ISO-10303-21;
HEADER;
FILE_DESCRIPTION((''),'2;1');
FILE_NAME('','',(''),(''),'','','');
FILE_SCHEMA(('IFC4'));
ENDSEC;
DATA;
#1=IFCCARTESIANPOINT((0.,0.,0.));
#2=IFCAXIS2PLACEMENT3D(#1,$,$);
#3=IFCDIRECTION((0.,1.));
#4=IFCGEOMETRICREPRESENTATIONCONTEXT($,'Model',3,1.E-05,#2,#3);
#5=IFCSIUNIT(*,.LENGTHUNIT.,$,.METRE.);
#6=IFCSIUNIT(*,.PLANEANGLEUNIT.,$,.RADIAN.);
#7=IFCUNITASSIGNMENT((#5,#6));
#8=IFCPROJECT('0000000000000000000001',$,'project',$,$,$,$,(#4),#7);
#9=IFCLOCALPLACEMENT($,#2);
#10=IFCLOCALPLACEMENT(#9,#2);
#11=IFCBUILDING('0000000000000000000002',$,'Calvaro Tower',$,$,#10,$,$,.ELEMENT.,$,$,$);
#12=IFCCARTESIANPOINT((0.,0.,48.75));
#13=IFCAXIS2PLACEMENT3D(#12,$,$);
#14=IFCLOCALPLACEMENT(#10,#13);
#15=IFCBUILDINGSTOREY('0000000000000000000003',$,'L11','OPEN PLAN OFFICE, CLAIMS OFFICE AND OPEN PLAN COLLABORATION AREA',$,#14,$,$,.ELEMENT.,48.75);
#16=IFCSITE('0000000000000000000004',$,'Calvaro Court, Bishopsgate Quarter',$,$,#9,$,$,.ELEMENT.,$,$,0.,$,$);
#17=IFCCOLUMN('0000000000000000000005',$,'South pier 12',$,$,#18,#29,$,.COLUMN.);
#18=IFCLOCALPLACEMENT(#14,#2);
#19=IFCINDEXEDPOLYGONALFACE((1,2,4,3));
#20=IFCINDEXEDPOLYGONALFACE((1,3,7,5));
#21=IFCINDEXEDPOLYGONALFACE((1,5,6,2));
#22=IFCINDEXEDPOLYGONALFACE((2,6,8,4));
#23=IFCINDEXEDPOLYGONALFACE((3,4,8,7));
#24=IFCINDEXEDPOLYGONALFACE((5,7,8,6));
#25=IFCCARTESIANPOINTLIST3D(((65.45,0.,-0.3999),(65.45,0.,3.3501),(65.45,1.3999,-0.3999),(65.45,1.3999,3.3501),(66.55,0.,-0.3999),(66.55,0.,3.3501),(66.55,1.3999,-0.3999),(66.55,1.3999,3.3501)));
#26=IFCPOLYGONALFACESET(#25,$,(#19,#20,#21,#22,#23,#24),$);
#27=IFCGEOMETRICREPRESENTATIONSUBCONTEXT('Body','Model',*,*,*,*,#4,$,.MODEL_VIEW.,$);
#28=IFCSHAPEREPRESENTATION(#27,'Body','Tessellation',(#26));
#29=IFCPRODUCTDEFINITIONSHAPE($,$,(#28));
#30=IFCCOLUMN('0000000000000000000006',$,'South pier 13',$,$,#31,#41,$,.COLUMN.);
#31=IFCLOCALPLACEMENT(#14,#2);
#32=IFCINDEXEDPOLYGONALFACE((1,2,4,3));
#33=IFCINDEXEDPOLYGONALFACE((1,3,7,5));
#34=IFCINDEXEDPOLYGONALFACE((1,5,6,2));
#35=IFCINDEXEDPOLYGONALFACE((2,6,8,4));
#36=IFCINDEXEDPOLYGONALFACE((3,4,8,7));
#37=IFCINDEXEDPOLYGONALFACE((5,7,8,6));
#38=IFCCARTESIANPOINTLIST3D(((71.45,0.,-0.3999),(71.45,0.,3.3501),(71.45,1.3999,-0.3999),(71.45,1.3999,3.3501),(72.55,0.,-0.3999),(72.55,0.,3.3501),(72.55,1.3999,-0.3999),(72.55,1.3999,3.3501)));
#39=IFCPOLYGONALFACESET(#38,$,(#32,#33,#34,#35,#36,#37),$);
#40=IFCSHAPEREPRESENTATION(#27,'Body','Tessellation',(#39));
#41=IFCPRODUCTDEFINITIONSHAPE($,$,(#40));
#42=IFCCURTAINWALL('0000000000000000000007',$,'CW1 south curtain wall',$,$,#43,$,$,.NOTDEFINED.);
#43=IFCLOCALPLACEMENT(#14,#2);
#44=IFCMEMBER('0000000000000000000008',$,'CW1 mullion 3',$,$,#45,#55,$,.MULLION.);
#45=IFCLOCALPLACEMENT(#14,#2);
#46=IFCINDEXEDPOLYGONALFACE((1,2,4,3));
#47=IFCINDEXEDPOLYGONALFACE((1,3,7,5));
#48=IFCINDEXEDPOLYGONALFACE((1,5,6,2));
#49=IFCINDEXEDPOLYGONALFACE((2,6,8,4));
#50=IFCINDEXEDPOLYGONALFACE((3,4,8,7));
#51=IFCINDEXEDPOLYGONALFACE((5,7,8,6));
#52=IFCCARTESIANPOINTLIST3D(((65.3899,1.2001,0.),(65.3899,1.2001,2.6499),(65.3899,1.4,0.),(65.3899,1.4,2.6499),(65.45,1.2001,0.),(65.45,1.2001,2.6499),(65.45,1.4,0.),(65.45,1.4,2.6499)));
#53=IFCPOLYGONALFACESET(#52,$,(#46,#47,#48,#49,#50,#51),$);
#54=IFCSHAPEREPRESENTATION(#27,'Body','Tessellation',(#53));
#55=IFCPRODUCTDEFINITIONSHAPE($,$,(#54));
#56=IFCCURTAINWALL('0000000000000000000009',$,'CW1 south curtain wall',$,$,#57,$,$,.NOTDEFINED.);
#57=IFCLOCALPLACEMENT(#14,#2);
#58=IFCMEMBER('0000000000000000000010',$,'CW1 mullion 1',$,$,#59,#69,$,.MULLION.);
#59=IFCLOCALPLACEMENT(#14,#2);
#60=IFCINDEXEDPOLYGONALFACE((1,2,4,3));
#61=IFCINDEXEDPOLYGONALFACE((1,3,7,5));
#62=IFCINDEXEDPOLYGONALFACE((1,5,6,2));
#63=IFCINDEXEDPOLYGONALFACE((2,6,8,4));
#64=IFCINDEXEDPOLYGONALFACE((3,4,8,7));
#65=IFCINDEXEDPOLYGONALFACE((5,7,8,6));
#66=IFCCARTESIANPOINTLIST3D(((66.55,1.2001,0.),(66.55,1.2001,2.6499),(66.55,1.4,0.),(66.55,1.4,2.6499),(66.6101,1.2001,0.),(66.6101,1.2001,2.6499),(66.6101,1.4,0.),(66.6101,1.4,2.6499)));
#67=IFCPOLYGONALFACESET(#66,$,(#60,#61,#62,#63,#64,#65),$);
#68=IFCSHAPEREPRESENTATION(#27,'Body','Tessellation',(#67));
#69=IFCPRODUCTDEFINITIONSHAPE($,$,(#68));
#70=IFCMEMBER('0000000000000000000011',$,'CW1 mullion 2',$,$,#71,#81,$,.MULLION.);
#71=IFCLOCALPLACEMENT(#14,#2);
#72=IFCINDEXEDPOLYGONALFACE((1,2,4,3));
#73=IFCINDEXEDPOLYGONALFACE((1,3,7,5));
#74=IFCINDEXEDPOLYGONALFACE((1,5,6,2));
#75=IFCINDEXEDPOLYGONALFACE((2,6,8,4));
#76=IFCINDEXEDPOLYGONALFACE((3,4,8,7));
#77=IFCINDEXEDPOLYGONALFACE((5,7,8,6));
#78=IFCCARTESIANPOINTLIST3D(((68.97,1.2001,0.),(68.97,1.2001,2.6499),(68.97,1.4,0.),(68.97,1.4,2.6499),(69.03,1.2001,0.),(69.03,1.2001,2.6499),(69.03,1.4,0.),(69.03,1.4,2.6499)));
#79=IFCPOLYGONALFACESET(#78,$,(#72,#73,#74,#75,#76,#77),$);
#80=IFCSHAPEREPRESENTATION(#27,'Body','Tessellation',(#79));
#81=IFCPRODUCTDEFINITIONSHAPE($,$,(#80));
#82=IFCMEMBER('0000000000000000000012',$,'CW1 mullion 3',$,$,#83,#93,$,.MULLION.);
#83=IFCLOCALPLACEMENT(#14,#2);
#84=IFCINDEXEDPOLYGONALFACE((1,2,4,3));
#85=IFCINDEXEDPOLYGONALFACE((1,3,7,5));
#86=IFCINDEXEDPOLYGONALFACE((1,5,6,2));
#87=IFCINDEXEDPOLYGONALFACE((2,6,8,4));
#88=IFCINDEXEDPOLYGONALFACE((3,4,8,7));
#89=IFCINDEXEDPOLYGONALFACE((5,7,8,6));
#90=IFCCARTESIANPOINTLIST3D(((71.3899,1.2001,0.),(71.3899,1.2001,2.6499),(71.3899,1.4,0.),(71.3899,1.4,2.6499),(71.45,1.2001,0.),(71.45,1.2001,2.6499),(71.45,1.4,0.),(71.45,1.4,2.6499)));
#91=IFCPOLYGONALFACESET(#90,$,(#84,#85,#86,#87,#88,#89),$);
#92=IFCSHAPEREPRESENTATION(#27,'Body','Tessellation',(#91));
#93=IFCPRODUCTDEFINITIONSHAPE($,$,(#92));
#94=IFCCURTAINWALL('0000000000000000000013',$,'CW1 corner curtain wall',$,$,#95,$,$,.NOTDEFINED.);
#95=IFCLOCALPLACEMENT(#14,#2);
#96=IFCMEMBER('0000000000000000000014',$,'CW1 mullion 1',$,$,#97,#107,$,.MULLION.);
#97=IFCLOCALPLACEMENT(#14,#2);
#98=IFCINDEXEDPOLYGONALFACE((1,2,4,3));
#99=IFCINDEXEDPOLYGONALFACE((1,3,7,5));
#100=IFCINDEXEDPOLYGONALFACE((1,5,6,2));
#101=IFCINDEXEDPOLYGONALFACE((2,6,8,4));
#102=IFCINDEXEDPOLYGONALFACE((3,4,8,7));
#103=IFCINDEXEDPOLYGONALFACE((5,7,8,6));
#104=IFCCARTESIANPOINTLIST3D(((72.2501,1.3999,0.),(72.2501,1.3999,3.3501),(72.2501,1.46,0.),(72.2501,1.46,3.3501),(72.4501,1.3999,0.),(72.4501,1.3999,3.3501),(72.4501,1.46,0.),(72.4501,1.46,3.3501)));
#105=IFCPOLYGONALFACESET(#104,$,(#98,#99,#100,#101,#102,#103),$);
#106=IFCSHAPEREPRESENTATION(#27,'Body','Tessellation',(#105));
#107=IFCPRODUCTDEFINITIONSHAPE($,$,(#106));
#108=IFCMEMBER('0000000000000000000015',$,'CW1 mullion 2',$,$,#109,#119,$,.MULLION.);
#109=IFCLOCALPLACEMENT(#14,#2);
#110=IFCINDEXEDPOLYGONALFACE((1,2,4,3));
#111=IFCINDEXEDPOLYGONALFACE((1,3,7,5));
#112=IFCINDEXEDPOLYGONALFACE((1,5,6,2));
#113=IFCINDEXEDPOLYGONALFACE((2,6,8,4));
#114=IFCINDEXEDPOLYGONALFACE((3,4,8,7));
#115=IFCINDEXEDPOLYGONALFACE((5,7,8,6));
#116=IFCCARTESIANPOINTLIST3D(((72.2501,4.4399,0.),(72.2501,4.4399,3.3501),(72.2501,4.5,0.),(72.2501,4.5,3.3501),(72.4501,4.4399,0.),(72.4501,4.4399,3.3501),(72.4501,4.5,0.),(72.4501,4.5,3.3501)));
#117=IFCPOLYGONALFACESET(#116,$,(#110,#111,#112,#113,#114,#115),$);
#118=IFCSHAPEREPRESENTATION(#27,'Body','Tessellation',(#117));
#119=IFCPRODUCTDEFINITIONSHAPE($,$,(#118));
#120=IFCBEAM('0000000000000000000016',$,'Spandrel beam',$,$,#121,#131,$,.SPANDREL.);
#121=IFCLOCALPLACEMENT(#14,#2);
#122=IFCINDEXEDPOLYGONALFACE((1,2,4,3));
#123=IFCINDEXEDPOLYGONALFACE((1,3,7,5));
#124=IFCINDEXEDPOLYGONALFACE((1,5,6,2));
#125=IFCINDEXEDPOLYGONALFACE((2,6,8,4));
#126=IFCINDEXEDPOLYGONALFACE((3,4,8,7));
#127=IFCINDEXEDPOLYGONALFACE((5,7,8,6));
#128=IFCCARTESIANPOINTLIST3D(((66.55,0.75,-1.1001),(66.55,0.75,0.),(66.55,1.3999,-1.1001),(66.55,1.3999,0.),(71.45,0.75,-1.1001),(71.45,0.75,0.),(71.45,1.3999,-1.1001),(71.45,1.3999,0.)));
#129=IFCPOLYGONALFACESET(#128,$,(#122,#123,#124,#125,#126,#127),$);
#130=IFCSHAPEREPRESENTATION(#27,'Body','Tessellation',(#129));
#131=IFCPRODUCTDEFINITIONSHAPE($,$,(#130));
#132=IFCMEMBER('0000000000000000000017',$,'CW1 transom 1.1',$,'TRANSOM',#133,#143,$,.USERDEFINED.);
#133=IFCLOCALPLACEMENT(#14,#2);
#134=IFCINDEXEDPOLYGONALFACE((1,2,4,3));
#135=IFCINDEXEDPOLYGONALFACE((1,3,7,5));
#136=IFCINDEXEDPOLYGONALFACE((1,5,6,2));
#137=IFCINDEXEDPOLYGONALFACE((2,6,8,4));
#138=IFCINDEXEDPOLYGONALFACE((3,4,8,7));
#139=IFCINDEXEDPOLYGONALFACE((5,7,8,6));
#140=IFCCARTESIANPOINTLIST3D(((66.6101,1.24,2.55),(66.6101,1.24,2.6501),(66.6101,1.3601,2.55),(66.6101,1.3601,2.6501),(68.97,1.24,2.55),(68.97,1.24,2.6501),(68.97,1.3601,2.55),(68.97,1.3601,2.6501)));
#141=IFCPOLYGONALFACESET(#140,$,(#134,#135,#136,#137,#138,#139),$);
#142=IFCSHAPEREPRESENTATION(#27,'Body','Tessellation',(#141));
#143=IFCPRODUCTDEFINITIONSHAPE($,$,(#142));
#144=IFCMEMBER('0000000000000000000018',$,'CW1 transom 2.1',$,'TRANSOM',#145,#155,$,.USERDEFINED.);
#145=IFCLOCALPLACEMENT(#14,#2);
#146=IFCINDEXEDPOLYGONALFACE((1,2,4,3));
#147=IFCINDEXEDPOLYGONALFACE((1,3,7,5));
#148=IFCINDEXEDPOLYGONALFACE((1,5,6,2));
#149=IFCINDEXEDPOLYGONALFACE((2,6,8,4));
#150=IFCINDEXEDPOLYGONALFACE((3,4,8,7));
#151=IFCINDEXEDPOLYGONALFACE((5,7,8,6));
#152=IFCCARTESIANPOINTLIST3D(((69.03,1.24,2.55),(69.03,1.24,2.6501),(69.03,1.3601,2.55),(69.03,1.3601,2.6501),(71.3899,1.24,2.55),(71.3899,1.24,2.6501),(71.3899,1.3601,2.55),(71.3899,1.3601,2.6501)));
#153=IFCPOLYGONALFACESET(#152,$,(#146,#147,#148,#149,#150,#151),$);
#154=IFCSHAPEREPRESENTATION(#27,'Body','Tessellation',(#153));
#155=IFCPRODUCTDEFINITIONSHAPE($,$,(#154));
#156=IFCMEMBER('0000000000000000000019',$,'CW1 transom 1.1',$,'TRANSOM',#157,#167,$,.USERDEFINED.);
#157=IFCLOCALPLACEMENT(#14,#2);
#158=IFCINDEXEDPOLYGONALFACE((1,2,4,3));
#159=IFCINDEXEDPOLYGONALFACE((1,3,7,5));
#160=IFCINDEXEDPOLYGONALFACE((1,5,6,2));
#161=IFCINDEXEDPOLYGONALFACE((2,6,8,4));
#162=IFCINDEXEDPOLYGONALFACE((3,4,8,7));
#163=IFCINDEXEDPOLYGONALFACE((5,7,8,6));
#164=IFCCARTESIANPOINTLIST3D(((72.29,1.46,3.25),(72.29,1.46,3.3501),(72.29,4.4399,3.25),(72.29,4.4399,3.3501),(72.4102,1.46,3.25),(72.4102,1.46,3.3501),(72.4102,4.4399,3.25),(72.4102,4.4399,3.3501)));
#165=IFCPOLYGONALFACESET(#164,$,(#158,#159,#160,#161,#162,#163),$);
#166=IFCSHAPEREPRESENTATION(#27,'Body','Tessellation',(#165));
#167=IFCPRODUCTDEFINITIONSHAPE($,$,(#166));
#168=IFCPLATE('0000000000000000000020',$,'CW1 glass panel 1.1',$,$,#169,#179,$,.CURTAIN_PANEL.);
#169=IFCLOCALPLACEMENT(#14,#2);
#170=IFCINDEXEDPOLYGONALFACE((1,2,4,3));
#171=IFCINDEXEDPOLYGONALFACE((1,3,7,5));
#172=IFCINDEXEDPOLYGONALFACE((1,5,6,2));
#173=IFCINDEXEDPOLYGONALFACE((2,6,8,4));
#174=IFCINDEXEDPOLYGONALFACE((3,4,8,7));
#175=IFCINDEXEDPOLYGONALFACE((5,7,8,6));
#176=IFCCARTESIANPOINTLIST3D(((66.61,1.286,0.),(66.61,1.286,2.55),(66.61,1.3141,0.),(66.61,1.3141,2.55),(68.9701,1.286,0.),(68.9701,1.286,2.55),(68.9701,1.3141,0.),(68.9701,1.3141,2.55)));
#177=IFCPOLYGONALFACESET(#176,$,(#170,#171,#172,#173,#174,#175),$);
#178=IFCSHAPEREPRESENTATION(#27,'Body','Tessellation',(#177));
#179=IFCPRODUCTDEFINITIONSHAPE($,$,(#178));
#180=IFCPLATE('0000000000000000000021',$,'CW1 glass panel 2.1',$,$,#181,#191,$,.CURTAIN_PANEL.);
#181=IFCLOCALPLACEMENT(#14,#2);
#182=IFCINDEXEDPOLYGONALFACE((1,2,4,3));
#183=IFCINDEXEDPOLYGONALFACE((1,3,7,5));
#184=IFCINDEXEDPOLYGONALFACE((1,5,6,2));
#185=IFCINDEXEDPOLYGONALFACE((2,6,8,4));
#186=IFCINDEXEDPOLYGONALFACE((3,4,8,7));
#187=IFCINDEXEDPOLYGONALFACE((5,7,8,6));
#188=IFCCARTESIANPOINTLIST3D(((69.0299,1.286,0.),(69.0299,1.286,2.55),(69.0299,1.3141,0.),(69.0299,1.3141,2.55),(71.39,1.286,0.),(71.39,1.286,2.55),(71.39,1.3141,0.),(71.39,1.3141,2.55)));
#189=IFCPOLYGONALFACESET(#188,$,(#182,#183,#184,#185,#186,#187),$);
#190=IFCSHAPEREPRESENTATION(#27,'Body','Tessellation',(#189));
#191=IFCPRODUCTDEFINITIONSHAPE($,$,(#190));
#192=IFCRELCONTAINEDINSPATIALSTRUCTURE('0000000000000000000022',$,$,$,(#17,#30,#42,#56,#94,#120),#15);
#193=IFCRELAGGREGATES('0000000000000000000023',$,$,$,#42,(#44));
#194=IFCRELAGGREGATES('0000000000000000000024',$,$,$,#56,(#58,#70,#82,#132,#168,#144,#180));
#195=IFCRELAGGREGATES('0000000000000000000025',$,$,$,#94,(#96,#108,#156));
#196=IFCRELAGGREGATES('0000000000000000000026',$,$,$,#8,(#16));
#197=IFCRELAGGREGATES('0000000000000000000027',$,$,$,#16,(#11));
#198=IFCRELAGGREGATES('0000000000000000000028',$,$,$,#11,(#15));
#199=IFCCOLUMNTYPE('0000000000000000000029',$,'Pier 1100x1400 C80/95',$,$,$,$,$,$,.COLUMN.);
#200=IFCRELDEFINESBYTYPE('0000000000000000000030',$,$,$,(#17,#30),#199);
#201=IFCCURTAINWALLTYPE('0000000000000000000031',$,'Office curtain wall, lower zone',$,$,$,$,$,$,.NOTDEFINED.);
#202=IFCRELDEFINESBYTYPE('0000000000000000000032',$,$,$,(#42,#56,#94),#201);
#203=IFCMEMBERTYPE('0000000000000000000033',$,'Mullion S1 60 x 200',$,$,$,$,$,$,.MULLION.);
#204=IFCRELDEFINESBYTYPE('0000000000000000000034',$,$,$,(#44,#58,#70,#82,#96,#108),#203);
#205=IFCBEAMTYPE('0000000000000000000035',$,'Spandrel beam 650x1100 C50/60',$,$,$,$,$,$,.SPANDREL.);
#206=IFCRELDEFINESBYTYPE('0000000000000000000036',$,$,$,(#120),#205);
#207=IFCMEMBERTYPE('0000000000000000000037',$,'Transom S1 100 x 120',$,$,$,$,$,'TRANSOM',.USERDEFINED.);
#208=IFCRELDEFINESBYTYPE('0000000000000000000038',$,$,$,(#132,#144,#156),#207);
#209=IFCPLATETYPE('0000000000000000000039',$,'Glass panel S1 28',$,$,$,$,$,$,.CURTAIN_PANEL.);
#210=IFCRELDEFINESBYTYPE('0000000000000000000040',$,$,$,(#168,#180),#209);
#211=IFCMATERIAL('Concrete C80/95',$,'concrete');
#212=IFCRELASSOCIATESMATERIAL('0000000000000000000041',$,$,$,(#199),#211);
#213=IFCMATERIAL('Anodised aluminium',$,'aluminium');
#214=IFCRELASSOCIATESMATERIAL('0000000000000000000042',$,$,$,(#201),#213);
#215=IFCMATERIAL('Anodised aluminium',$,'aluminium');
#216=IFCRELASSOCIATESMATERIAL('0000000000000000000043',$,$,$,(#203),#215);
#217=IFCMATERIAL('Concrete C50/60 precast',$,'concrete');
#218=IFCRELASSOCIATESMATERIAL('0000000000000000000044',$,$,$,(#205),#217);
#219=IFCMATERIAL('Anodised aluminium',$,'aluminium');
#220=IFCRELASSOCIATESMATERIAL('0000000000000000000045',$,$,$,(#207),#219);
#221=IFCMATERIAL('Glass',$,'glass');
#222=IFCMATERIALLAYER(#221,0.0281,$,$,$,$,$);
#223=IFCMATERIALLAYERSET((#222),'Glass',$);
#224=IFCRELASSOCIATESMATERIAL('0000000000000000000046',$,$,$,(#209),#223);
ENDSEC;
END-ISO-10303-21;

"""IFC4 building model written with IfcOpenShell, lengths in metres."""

from ifc_helpers import new_model, si_unit, direction, frame, origin, origin_2d, place, context, subcontext, project, spatial, rectangle, extrude, material, layer, layer_set, material_profile, profile_set, type_object, element, aggregate, save


model = new_model("IFC4")

# Units and contexts
model_context = context("Model", 3, precision=1e-05, world=origin(), true_north=direction((0.0, 1.0)))
body_context = subcontext(model_context, "Body", "Model", "MODEL_VIEW")
ifc_project = project(units=[si_unit("LENGTHUNIT", "METRE"), si_unit("PLANEANGLEUNIT", "RADIAN")], contexts=[model_context])

# Site, building, storey
site_placement = place(None, origin())
site = spatial("IfcSite", under=ifc_project, at=site_placement, Name="Calvaro Court, Bishopsgate Quarter", CompositionType="ELEMENT", RefElevation=0.0)
building_placement = place(site_placement, origin())
building = spatial("IfcBuilding", under=site, at=building_placement, Name="Calvaro Tower", CompositionType="ELEMENT")
storey_placement = place(building_placement, frame((0.0, 0.0, 48.75)))
storey = spatial("IfcBuildingStorey", under=building, at=storey_placement, Name="L11", Description="OPEN PLAN OFFICE, CLAIMS OFFICE AND OPEN PLAN COLLABORATION AREA", CompositionType="ELEMENT", Elevation=48.75)

# Columns
ifc_material_1 = material(Name="Concrete C80/95", Category="concrete")
ifc_material_profile_1 = material_profile(ifc_material_1, rectangle(XDim=1.1001, YDim=1.3999, at=origin_2d()), Name="RC 1100x1400")
ifc_profile_set_1 = profile_set([ifc_material_profile_1], Name="Concrete C80/95")
column_type = type_object("IfcColumnType", Name="Pier 1100x1400 C80/95", PredefinedType="COLUMN", material=ifc_profile_set_1)
for number, where, z_axis, x_axis, name in (
    (1, (66.0, 0.7, -0.3999), (0.0, 0.0, 1.0), (1.0, 0.0, 0.0), "South pier 12"),
    (2, (72.0, 0.7, -0.3999), (0.0, 0.0, 1.0), (1.0, 0.0, 0.0), "South pier 13"),
):
    element("IfcColumn", number, at=place(storey_placement, frame(where, z_axis=z_axis, x_axis=x_axis)), inside=storey, type_object=column_type, Name=name, PredefinedType="COLUMN", context=body_context, shape_type="SweptSolid", body=[
        extrude(rectangle(XDim=1.1001, YDim=1.3999, at=origin_2d()), origin(), (0.0, 0.0, 1.0), 3.75),
    ])

# Curtain wall, member
ifc_material_2 = material(Name="Anodised aluminium", Category="aluminium")
curtain_wall_type = type_object("IfcCurtainWallType", Name="Office curtain wall, lower zone", PredefinedType="NOTDEFINED", material=ifc_material_2)
curtain_wall_1_placement = place(storey_placement, origin())
curtain_wall_1 = element("IfcCurtainWall", 3, at=curtain_wall_1_placement, inside=storey, type_object=curtain_wall_type, Name="CW1 south curtain wall", PredefinedType="NOTDEFINED")
ifc_material_3 = material(Name="Anodised aluminium", Category="aluminium")
ifc_material_profile_2 = material_profile(ifc_material_3, rectangle(XDim=0.2, YDim=0.0601, at=origin_2d()), Name="Mullion S1 60 x 200")
ifc_profile_set_2 = profile_set([ifc_material_profile_2], Name="Anodised aluminium")
member_type_1 = type_object("IfcMemberType", Name="Mullion S1 60 x 200", PredefinedType="MULLION", material=ifc_profile_set_2)
member_1_placement = place(storey_placement, frame((65.4199, 1.3, 0.0), z_axis=(0.0, 0.0, 1.0), x_axis=(0.0, 1.0, 0.0)))
member_1 = element("IfcMember", 4, at=member_1_placement, type_object=member_type_1, Name="CW1 mullion 3", PredefinedType="MULLION", context=body_context, shape_type="SweptSolid", body=[
    extrude(rectangle(XDim=0.2, YDim=0.0601, at=origin_2d()), origin(), (0.0, 0.0, 1.0), 2.6499),
])
aggregate(curtain_wall_1, [member_1])

# Curtain walls, members
curtain_wall_2_placement = place(storey_placement, origin())
curtain_wall_2 = element("IfcCurtainWall", 5, at=curtain_wall_2_placement, inside=storey, type_object=curtain_wall_type, Name="CW1 south curtain wall", PredefinedType="NOTDEFINED")
member_2_placement = place(storey_placement, frame((66.5801, 1.3, 0.0), z_axis=(0.0, 0.0, 1.0), x_axis=(0.0, 1.0, 0.0)))
member_2 = element("IfcMember", 6, at=member_2_placement, type_object=member_type_1, Name="CW1 mullion 1", PredefinedType="MULLION", context=body_context, shape_type="SweptSolid", body=[
    extrude(rectangle(XDim=0.2, YDim=0.0601, at=origin_2d()), origin(), (0.0, 0.0, 1.0), 2.6499),
])
member_3_placement = place(storey_placement, frame((69.0, 1.3, 0.0), z_axis=(0.0, 0.0, 1.0), x_axis=(0.0, 1.0, 0.0)))
member_3 = element("IfcMember", 7, at=member_3_placement, type_object=member_type_1, Name="CW1 mullion 2", PredefinedType="MULLION", context=body_context, shape_type="SweptSolid", body=[
    extrude(rectangle(XDim=0.2, YDim=0.0601, at=origin_2d()), origin(), (0.0, 0.0, 1.0), 2.6499),
])
member_4_placement = place(storey_placement, frame((71.4199, 1.3, 0.0), z_axis=(0.0, 0.0, 1.0), x_axis=(0.0, 1.0, 0.0)))
member_4 = element("IfcMember", 8, at=member_4_placement, type_object=member_type_1, Name="CW1 mullion 3", PredefinedType="MULLION", context=body_context, shape_type="SweptSolid", body=[
    extrude(rectangle(XDim=0.2, YDim=0.0601, at=origin_2d()), origin(), (0.0, 0.0, 1.0), 2.6499),
])
curtain_wall_3_placement = place(storey_placement, origin())
curtain_wall_3 = element("IfcCurtainWall", 9, at=curtain_wall_3_placement, inside=storey, type_object=curtain_wall_type, Name="CW1 corner curtain wall", PredefinedType="NOTDEFINED")
member_5_placement = place(storey_placement, frame((72.3501, 1.4299, 0.0), z_axis=(0.0, 0.0, 1.0), x_axis=(-1.0, 0.0, 0.0)))
member_5 = element("IfcMember", 10, at=member_5_placement, type_object=member_type_1, Name="CW1 mullion 1", PredefinedType="MULLION", context=body_context, shape_type="SweptSolid", body=[
    extrude(rectangle(XDim=0.2, YDim=0.0601, at=origin_2d()), origin(), (0.0, 0.0, 1.0), 3.3501),
])
member_6_placement = place(storey_placement, frame((72.3501, 4.47, 0.0), z_axis=(0.0, 0.0, 1.0), x_axis=(-1.0, 0.0, 0.0)))
member_6 = element("IfcMember", 11, at=member_6_placement, type_object=member_type_1, Name="CW1 mullion 2", PredefinedType="MULLION", context=body_context, shape_type="SweptSolid", body=[
    extrude(rectangle(XDim=0.2, YDim=0.0601, at=origin_2d()), origin(), (0.0, 0.0, 1.0), 3.3501),
])

# Beam
ifc_material_4 = material(Name="Concrete C50/60 precast", Category="concrete")
ifc_material_profile_3 = material_profile(ifc_material_4, rectangle(XDim=0.6499, YDim=1.1001, at=origin_2d()), Name="RC 650x1100")
ifc_profile_set_3 = profile_set([ifc_material_profile_3], Name="Concrete C50/60 precast")
beam_type = type_object("IfcBeamType", Name="Spandrel beam 650x1100 C50/60", PredefinedType="SPANDREL", material=ifc_profile_set_3)
beam_placement = place(storey_placement, frame((66.55, 1.075, -0.55), z_axis=(1.0, 0.0, 0.0), x_axis=(0.0, 1.0, 0.0)))
element("IfcBeam", 12, at=beam_placement, inside=storey, type_object=beam_type, Name="Spandrel beam", PredefinedType="SPANDREL", context=body_context, shape_type="SweptSolid", body=[
    extrude(rectangle(XDim=0.6499, YDim=1.1001, at=origin_2d()), origin(), (0.0, 0.0, 1.0), 4.8999),
])

# Members
ifc_material_5 = material(Name="Anodised aluminium", Category="aluminium")
ifc_material_profile_4 = material_profile(ifc_material_5, rectangle(XDim=0.1201, YDim=0.1001, at=origin_2d()), Name="Transom S1 100 x 120")
ifc_profile_set_4 = profile_set([ifc_material_profile_4], Name="Anodised aluminium")
member_type_2 = type_object("IfcMemberType", Name="Transom S1 100 x 120", ElementType="TRANSOM", PredefinedType="USERDEFINED", material=ifc_profile_set_4)
member_7_placement = place(storey_placement, frame((66.6101, 1.3, 2.6001), z_axis=(1.0, 0.0, 0.0), x_axis=(0.0, 1.0, 0.0)))
member_7 = element("IfcMember", 13, at=member_7_placement, type_object=member_type_2, Name="CW1 transom 1.1", ObjectType="TRANSOM", PredefinedType="USERDEFINED", context=body_context, shape_type="SweptSolid", body=[
    extrude(rectangle(XDim=0.1201, YDim=0.1001, at=origin_2d()), origin(), (0.0, 0.0, 1.0), 2.3599),
])
member_8_placement = place(storey_placement, frame((69.03, 1.3, 2.6001), z_axis=(1.0, 0.0, 0.0), x_axis=(0.0, 1.0, 0.0)))
member_8 = element("IfcMember", 14, at=member_8_placement, type_object=member_type_2, Name="CW1 transom 2.1", ObjectType="TRANSOM", PredefinedType="USERDEFINED", context=body_context, shape_type="SweptSolid", body=[
    extrude(rectangle(XDim=0.1201, YDim=0.1001, at=origin_2d()), origin(), (0.0, 0.0, 1.0), 2.3599),
])
member_9_placement = place(storey_placement, frame((72.3501, 1.46, 3.3), z_axis=(0.0, 1.0, 0.0), x_axis=(-1.0, 0.0, 0.0)))
member_9 = element("IfcMember", 15, at=member_9_placement, type_object=member_type_2, Name="CW1 transom 1.1", ObjectType="TRANSOM", PredefinedType="USERDEFINED", context=body_context, shape_type="SweptSolid", body=[
    extrude(rectangle(XDim=0.1201, YDim=0.1001, at=origin_2d()), origin(), (0.0, 0.0, 1.0), 2.98),
])

# Plates
ifc_material_6 = material(Name="Glass", Category="glass")
ifc_layer_1 = layer(ifc_material_6, 0.0281)
ifc_layer_set_1 = layer_set([ifc_layer_1], Name="Glass")
plate_type = type_object("IfcPlateType", Name="Glass panel S1 28", PredefinedType="CURTAIN_PANEL", material=ifc_layer_set_1)
plate_1_placement = place(storey_placement, frame((67.79, 1.3, 0.0), z_axis=(0.0, 0.0, 1.0), x_axis=(1.0, 0.0, 0.0)))
plate_1 = element("IfcPlate", 16, at=plate_1_placement, type_object=plate_type, Name="CW1 glass panel 1.1", PredefinedType="CURTAIN_PANEL", context=body_context, shape_type="SweptSolid", body=[
    extrude(rectangle(XDim=2.3601, YDim=0.0281, at=origin_2d()), origin(), (0.0, 0.0, 1.0), 2.55),
])
plate_2_placement = place(storey_placement, frame((70.21, 1.3, 0.0), z_axis=(0.0, 0.0, 1.0), x_axis=(1.0, 0.0, 0.0)))
plate_2 = element("IfcPlate", 17, at=plate_2_placement, type_object=plate_type, Name="CW1 glass panel 2.1", PredefinedType="CURTAIN_PANEL", context=body_context, shape_type="SweptSolid", body=[
    extrude(rectangle(XDim=2.3601, YDim=0.0281, at=origin_2d()), origin(), (0.0, 0.0, 1.0), 2.55),
])
aggregate(curtain_wall_2, [member_2, member_3, member_4, member_7, plate_1, member_8, plate_2])
aggregate(curtain_wall_3, [member_5, member_6, member_9])

save(model, "model.ifc")
